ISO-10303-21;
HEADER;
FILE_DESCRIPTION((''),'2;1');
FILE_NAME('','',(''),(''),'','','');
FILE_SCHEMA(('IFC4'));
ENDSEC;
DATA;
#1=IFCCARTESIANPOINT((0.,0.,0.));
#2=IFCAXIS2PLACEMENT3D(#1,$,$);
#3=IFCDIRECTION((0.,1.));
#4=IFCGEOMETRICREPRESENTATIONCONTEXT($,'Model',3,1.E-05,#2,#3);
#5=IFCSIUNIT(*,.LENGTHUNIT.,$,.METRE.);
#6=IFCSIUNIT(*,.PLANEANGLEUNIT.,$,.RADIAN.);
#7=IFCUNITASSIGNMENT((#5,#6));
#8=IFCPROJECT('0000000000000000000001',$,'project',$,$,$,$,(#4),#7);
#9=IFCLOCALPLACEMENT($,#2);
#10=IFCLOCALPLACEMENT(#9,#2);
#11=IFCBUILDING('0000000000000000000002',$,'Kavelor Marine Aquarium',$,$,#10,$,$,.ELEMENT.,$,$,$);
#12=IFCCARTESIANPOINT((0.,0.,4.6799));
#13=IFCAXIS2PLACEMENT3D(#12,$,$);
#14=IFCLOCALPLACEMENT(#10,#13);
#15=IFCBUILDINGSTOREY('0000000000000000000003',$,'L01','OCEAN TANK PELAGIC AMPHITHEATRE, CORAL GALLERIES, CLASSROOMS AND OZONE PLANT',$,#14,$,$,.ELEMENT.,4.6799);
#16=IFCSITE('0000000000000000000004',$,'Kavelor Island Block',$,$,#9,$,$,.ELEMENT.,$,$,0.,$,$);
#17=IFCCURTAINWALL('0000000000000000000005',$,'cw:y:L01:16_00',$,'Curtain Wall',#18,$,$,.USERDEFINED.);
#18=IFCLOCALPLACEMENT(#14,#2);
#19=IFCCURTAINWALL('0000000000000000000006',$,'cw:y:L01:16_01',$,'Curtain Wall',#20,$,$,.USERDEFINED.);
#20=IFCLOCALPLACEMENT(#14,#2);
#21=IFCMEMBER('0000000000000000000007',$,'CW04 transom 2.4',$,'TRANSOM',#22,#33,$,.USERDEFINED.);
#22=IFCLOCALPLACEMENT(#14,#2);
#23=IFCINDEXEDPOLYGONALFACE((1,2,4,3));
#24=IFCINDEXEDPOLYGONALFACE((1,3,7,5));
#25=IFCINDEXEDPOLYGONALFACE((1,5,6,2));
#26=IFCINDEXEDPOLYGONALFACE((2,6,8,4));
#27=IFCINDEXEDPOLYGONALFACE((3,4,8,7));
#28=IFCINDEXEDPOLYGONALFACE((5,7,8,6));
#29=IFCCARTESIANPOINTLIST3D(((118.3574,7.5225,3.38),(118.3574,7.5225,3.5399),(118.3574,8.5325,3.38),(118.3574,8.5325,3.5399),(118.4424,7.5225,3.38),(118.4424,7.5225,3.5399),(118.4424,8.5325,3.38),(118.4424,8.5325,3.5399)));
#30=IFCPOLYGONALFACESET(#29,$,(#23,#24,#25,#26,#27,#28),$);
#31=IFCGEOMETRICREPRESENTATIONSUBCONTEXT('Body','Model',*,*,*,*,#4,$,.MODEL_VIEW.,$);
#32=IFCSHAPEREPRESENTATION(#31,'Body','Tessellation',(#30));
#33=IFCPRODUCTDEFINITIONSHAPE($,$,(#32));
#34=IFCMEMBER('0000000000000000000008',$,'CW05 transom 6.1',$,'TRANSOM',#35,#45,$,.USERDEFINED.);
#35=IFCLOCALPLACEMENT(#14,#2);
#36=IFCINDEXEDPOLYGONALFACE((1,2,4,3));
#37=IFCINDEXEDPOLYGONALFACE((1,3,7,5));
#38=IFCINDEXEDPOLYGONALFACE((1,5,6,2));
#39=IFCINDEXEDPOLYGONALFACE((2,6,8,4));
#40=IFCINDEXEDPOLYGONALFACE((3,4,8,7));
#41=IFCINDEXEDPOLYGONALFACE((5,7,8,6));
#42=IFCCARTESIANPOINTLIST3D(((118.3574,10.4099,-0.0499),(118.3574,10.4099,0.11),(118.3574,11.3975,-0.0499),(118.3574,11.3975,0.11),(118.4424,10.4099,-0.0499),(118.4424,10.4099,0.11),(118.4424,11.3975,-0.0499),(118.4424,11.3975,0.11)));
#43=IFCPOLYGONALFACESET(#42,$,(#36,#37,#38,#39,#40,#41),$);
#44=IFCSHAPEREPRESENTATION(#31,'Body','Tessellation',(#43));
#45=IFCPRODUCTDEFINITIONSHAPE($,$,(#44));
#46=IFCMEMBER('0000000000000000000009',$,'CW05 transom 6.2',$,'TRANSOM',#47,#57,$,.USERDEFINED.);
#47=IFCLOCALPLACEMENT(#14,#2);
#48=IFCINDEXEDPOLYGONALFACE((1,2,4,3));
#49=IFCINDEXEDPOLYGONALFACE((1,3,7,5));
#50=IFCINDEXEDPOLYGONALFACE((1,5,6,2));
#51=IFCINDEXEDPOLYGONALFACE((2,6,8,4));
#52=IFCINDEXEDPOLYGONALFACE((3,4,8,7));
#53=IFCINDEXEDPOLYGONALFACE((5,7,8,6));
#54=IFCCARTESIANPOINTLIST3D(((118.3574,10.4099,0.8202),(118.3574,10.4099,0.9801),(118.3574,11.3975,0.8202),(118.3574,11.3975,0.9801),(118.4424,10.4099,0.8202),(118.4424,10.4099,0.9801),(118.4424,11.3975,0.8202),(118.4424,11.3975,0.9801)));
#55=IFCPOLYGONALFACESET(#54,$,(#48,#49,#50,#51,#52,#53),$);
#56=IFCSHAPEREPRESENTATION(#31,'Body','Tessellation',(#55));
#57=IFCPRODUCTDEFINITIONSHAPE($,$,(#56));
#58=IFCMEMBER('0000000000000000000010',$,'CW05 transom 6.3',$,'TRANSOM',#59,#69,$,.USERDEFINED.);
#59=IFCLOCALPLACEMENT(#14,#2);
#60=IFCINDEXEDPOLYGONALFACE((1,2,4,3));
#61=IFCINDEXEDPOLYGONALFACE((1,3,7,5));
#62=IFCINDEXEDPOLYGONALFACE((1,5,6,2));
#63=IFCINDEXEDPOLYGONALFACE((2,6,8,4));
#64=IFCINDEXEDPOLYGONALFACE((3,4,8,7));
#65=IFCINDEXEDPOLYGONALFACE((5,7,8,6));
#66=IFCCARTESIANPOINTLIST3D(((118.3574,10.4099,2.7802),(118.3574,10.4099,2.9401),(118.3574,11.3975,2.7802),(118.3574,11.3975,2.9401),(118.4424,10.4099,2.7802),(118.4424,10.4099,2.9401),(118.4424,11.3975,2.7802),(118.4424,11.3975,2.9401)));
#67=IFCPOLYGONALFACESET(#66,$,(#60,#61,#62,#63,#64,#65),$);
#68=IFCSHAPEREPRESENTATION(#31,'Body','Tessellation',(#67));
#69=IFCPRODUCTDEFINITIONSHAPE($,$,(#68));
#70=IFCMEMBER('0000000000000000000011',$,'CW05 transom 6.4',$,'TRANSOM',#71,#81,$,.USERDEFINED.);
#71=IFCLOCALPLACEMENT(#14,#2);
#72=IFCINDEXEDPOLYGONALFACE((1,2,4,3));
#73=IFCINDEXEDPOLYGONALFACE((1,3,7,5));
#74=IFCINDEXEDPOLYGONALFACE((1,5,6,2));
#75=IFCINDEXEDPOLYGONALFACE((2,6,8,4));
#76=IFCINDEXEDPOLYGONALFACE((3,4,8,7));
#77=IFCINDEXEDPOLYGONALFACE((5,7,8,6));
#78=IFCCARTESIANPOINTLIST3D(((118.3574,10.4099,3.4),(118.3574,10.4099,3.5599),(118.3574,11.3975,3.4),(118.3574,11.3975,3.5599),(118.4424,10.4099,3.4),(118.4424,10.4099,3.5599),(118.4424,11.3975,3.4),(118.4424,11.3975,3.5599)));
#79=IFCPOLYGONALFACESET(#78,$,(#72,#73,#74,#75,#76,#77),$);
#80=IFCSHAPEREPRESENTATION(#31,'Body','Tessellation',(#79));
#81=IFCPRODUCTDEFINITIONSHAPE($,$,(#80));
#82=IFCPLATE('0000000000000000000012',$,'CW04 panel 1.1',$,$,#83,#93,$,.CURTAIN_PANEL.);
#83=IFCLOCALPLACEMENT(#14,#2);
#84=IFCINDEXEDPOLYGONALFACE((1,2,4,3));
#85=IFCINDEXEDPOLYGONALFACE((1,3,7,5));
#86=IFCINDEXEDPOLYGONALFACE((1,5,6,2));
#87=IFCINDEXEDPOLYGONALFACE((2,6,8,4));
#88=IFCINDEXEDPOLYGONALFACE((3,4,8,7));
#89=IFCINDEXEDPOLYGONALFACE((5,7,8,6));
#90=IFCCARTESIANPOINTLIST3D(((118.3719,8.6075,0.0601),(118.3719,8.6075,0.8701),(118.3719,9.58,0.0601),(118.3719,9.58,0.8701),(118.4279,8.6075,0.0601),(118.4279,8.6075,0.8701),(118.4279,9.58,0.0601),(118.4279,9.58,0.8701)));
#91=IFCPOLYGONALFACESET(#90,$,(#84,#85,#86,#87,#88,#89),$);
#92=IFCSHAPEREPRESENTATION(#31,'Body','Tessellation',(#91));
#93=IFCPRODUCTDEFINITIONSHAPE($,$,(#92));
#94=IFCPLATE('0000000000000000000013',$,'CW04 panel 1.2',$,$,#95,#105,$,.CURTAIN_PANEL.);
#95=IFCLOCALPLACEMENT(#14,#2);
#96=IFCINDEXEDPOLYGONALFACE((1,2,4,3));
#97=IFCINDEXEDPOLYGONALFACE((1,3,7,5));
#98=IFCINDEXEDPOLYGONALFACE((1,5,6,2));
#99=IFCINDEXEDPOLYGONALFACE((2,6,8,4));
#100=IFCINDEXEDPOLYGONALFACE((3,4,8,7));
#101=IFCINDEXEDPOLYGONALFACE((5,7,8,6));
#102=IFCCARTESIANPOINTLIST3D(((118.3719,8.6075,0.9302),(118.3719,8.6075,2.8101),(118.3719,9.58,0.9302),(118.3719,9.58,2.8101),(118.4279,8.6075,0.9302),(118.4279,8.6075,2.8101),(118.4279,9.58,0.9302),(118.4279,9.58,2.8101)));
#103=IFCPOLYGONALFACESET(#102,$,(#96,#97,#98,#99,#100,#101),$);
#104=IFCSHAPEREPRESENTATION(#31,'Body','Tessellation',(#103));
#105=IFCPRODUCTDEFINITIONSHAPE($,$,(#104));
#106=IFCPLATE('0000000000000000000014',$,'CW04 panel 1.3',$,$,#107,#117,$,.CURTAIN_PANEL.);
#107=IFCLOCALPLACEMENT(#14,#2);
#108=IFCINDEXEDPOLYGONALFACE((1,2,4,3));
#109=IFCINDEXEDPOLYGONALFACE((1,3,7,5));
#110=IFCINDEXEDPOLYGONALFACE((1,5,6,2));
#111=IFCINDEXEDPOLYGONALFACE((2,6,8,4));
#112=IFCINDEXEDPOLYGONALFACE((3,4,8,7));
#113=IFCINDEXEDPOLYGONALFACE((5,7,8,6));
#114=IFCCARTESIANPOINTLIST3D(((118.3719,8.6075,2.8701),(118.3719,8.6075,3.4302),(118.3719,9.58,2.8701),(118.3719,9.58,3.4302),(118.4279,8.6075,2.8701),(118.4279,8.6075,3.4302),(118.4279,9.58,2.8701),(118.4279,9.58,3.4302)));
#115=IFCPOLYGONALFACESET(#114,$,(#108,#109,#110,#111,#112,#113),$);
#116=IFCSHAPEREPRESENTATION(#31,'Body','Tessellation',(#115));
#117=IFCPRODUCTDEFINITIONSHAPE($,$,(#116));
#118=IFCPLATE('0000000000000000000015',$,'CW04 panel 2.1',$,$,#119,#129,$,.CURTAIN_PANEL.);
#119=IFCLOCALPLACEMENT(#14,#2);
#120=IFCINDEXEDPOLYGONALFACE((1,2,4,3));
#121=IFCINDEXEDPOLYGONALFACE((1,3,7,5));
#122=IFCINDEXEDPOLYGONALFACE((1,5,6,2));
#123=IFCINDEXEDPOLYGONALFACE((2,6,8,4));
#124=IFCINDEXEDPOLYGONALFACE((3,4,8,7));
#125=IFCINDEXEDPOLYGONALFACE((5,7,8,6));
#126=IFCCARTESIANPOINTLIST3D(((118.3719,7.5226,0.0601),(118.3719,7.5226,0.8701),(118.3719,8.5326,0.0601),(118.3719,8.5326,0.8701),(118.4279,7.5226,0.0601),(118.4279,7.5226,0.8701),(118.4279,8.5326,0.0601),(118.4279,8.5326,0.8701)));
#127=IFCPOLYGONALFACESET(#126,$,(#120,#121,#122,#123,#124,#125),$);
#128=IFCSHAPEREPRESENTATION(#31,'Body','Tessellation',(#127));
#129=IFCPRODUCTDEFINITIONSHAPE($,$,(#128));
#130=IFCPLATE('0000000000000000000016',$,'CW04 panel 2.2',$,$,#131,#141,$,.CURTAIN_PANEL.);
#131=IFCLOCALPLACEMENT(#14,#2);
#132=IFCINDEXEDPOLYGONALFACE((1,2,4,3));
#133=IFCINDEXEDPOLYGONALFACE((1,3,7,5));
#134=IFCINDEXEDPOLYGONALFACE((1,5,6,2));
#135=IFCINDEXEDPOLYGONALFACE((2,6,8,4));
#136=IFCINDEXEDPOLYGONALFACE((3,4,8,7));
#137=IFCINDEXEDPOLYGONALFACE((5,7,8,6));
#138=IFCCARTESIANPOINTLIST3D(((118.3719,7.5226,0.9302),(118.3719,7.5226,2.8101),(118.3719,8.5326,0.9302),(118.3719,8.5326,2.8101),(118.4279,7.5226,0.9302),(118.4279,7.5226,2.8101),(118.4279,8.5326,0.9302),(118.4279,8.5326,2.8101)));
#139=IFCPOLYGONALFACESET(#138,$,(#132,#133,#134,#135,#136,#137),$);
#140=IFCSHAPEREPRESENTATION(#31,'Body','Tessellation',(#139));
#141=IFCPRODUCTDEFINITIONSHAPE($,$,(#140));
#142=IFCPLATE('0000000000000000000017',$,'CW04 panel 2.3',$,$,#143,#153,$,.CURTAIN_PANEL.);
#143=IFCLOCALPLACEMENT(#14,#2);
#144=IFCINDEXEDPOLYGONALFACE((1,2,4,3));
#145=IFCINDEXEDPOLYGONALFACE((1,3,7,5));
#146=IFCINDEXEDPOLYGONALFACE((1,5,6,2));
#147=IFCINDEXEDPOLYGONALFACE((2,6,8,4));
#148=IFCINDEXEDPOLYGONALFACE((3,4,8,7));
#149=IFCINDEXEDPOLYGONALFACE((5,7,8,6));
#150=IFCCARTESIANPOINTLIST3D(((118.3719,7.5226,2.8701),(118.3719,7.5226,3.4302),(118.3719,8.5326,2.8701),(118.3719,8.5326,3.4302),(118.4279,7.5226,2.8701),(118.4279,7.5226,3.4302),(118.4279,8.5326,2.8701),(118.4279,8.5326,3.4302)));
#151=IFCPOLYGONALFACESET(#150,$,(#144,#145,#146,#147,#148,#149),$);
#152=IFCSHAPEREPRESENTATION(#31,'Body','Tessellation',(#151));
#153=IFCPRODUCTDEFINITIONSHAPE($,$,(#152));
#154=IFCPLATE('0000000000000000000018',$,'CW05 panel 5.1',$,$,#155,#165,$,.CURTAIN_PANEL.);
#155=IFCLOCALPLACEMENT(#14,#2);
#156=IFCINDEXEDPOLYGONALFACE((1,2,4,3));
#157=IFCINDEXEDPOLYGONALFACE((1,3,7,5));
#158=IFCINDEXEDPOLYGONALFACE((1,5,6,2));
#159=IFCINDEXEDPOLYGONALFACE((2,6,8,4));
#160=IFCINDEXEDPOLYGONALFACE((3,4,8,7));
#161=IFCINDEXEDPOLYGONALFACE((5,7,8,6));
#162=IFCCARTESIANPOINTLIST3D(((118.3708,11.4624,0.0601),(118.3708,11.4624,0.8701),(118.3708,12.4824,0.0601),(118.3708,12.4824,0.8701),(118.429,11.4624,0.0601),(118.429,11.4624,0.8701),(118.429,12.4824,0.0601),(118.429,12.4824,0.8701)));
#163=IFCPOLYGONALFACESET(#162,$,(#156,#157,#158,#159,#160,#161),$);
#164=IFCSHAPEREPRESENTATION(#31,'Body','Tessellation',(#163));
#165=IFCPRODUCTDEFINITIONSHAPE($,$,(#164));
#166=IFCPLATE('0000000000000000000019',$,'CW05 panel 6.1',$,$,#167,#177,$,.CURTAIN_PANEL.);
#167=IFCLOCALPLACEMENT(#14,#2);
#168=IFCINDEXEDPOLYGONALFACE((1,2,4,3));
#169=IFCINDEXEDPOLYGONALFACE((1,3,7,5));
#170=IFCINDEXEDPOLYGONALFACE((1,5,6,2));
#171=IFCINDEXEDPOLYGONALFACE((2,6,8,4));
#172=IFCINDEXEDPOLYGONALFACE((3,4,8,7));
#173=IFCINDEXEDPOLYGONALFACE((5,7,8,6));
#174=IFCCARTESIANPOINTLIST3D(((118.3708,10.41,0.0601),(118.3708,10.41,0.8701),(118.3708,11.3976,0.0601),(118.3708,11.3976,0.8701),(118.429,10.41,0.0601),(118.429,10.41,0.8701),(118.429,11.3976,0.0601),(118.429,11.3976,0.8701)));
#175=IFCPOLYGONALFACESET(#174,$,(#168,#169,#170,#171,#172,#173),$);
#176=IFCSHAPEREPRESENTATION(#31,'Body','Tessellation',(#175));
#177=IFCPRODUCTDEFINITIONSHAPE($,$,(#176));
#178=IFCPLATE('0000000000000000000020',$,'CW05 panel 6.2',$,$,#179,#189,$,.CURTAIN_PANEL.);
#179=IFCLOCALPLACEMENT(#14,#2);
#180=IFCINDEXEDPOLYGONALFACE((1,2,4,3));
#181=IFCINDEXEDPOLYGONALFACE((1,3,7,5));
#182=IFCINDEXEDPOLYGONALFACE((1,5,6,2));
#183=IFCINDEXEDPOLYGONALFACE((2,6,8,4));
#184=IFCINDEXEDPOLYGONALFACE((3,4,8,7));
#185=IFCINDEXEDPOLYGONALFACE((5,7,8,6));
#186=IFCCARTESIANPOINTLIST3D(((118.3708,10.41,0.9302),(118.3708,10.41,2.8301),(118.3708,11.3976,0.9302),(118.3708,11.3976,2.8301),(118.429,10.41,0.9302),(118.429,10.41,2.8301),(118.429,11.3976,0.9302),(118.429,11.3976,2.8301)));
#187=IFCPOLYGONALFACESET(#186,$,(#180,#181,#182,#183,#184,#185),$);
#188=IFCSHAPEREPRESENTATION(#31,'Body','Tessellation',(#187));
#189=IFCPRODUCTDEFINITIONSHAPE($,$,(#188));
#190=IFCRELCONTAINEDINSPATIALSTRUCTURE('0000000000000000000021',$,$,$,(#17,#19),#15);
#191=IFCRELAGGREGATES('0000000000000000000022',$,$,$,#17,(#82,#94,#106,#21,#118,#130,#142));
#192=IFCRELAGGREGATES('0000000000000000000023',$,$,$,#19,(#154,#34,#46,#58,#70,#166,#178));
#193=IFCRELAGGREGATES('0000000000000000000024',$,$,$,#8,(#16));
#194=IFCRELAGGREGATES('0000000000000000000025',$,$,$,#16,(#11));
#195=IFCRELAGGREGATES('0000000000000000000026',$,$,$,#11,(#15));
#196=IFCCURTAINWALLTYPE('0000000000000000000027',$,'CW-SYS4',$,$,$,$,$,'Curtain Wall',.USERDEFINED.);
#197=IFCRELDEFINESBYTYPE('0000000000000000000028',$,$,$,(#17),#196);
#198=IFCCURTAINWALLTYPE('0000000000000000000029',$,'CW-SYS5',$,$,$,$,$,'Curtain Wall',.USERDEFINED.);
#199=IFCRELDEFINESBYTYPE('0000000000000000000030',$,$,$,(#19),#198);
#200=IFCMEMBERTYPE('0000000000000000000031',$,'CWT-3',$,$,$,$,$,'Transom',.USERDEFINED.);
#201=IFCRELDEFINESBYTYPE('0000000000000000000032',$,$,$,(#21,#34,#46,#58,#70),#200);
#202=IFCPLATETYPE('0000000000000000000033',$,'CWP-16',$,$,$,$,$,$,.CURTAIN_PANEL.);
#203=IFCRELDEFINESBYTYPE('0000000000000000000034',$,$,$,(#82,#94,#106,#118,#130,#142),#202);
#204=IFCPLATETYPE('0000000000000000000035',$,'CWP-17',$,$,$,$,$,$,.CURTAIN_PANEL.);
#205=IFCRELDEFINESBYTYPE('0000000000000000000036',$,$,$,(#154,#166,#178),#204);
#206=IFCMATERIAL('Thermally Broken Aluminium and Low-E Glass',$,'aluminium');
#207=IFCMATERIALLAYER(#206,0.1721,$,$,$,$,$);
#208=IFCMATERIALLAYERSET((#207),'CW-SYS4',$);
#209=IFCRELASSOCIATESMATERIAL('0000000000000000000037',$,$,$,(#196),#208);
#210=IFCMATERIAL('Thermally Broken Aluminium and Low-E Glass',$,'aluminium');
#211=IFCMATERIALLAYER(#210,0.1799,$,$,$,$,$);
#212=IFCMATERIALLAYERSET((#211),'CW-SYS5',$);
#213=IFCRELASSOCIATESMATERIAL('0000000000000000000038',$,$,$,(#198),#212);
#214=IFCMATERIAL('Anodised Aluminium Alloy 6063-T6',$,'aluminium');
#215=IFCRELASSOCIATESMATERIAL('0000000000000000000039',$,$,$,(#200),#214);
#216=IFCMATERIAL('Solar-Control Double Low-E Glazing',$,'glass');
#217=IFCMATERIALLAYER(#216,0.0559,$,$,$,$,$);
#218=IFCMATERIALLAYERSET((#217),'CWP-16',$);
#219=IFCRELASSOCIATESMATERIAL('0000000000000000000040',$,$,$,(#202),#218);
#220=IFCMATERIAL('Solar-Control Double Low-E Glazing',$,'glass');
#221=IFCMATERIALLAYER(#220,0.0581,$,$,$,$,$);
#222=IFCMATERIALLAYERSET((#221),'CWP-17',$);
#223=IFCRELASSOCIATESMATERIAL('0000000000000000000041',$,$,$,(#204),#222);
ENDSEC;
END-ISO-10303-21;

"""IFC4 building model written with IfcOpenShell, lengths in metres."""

from ifc_helpers import new_model, si_unit, direction, frame, origin, origin_2d, place, context, subcontext, project, spatial, rectangle, extrude, material, layer, layer_set, material_profile, profile_set, type_object, element, aggregate, save


model = new_model("IFC4")

# Units and contexts
model_context = context("Model", 3, precision=1e-05, world=origin(), true_north=direction((0.0, 1.0)))
body_context = subcontext(model_context, "Body", "Model", "MODEL_VIEW")
ifc_project = project(units=[si_unit("LENGTHUNIT", "METRE"), si_unit("PLANEANGLEUNIT", "RADIAN")], contexts=[model_context])

# Site, building, storey
site_placement = place(None, origin())
site = spatial("IfcSite", under=ifc_project, at=site_placement, Name="Kavelor Island Block", CompositionType="ELEMENT", RefElevation=0.0)
building_placement = place(site_placement, origin())
building = spatial("IfcBuilding", under=site, at=building_placement, Name="Kavelor Marine Aquarium", CompositionType="ELEMENT")
storey_placement = place(building_placement, frame((0.0, 0.0, 4.6799)))
storey = spatial("IfcBuildingStorey", under=building, at=storey_placement, Name="L01", Description="OCEAN TANK PELAGIC AMPHITHEATRE, CORAL GALLERIES, CLASSROOMS AND OZONE PLANT", CompositionType="ELEMENT", Elevation=4.6799)

# Curtain walls
ifc_material_1 = material(Name="Thermally Broken Aluminium and Low-E Glass", Category="aluminium")
ifc_layer_1 = layer(ifc_material_1, 0.1721)
ifc_layer_set_1 = layer_set([ifc_layer_1], Name="CW-SYS4")
curtain_wall_type_1 = type_object("IfcCurtainWallType", Name="CW-SYS4", ElementType="Curtain Wall", PredefinedType="USERDEFINED", material=ifc_layer_set_1)
curtain_wall_1_placement = place(storey_placement, origin())
curtain_wall_1 = element("IfcCurtainWall", 1, at=curtain_wall_1_placement, inside=storey, type_object=curtain_wall_type_1, Name="cw:y:L01:16_00", ObjectType="Curtain Wall", PredefinedType="USERDEFINED")
ifc_material_2 = material(Name="Thermally Broken Aluminium and Low-E Glass", Category="aluminium")
ifc_layer_2 = layer(ifc_material_2, 0.1799)
ifc_layer_set_2 = layer_set([ifc_layer_2], Name="CW-SYS5")
curtain_wall_type_2 = type_object("IfcCurtainWallType", Name="CW-SYS5", ElementType="Curtain Wall", PredefinedType="USERDEFINED", material=ifc_layer_set_2)
curtain_wall_2_placement = place(storey_placement, origin())
curtain_wall_2 = element("IfcCurtainWall", 2, at=curtain_wall_2_placement, inside=storey, type_object=curtain_wall_type_2, Name="cw:y:L01:16_01", ObjectType="Curtain Wall", PredefinedType="USERDEFINED")

# Members
ifc_material_3 = material(Name="Anodised Aluminium Alloy 6063-T6", Category="aluminium")
ifc_material_profile_1 = material_profile(ifc_material_3, rectangle(XDim=0.085, YDim=0.1599, at=origin_2d()), Name="CW-TRN 85x160")
ifc_profile_set_1 = profile_set([ifc_material_profile_1], Name="Anodised Aluminium Alloy 6063-T6")
member_type_1 = type_object("IfcMemberType", Name="CWT-3", ElementType="Transom", PredefinedType="USERDEFINED", material=ifc_profile_set_1)
member_1_placement = place(storey_placement, frame((118.3999, 8.5325, 3.46), z_axis=(0.0, -1.0, 0.0), x_axis=(1.0, 0.0, 0.0)))
member_1 = element("IfcMember", 3, at=member_1_placement, type_object=member_type_1, Name="CW04 transom 2.4", ObjectType="TRANSOM", PredefinedType="USERDEFINED", context=body_context, shape_type="SweptSolid", body=[
    extrude(rectangle(XDim=0.085, YDim=0.1599, at=origin_2d()), origin(), (0.0, 0.0, 1.0), 1.01),
])
member_2_placement = place(storey_placement, frame((118.3999, 11.3975, 0.03), z_axis=(0.0, -1.0, 0.0), x_axis=(1.0, 0.0, 0.0)))
member_2 = element("IfcMember", 4, at=member_2_placement, type_object=member_type_1, Name="CW05 transom 6.1", ObjectType="TRANSOM", PredefinedType="USERDEFINED", context=body_context, shape_type="SweptSolid", body=[
    extrude(rectangle(XDim=0.085, YDim=0.1599, at=origin_2d()), origin(), (0.0, 0.0, 1.0), 0.9875),
])
member_3_placement = place(storey_placement, frame((118.3999, 11.3975, 0.9001), z_axis=(0.0, -1.0, 0.0), x_axis=(1.0, 0.0, 0.0)))
member_3 = element("IfcMember", 5, at=member_3_placement, type_object=member_type_1, Name="CW05 transom 6.2", ObjectType="TRANSOM", PredefinedType="USERDEFINED", context=body_context, shape_type="SweptSolid", body=[
    extrude(rectangle(XDim=0.085, YDim=0.1599, at=origin_2d()), origin(), (0.0, 0.0, 1.0), 0.9875),
])
member_4_placement = place(storey_placement, frame((118.3999, 11.3975, 2.8601), z_axis=(0.0, -1.0, 0.0), x_axis=(1.0, 0.0, 0.0)))
member_4 = element("IfcMember", 6, at=member_4_placement, type_object=member_type_1, Name="CW05 transom 6.3", ObjectType="TRANSOM", PredefinedType="USERDEFINED", context=body_context, shape_type="SweptSolid", body=[
    extrude(rectangle(XDim=0.085, YDim=0.1599, at=origin_2d()), origin(), (0.0, 0.0, 1.0), 0.9875),
])
member_5_placement = place(storey_placement, frame((118.3999, 11.3975, 3.48), z_axis=(0.0, -1.0, 0.0), x_axis=(1.0, 0.0, 0.0)))
member_5 = element("IfcMember", 7, at=member_5_placement, type_object=member_type_1, Name="CW05 transom 6.4", ObjectType="TRANSOM", PredefinedType="USERDEFINED", context=body_context, shape_type="SweptSolid", body=[
    extrude(rectangle(XDim=0.085, YDim=0.1599, at=origin_2d()), origin(), (0.0, 0.0, 1.0), 0.9875),
])

# Plates
ifc_material_4 = material(Name="Solar-Control Double Low-E Glazing", Category="glass")
ifc_layer_3 = layer(ifc_material_4, 0.0559)
ifc_layer_set_3 = layer_set([ifc_layer_3], Name="CWP-16")
plate_type_1 = type_object("IfcPlateType", Name="CWP-16", PredefinedType="CURTAIN_PANEL", material=ifc_layer_set_3)
plate_1_placement = place(storey_placement, frame((118.3999, 9.0938, 0.0601), z_axis=(0.0, 0.0, 1.0), x_axis=(0.0, -1.0, 0.0)))
plate_1 = element("IfcPlate", 8, at=plate_1_placement, type_object=plate_type_1, Name="CW04 panel 1.1", PredefinedType="CURTAIN_PANEL", context=body_context, shape_type="SweptSolid", body=[
    extrude(rectangle(XDim=0.9724, YDim=0.0559, at=origin_2d()), origin(), (0.0, 0.0, 1.0), 0.8101),
])
plate_2_placement = place(storey_placement, frame((118.3999, 9.0938, 0.9302), z_axis=(0.0, 0.0, 1.0), x_axis=(0.0, -1.0, 0.0)))
plate_2 = element("IfcPlate", 9, at=plate_2_placement, type_object=plate_type_1, Name="CW04 panel 1.2", PredefinedType="CURTAIN_PANEL", context=body_context, shape_type="SweptSolid", body=[
    extrude(rectangle(XDim=0.9724, YDim=0.0559, at=origin_2d()), origin(), (0.0, 0.0, 1.0), 1.8799),
])
plate_3_placement = place(storey_placement, frame((118.3999, 9.0938, 2.8701), z_axis=(0.0, 0.0, 1.0), x_axis=(0.0, -1.0, 0.0)))
plate_3 = element("IfcPlate", 10, at=plate_3_placement, type_object=plate_type_1, Name="CW04 panel 1.3", PredefinedType="CURTAIN_PANEL", context=body_context, shape_type="SweptSolid", body=[
    extrude(rectangle(XDim=0.9724, YDim=0.0559, at=origin_2d()), origin(), (0.0, 0.0, 1.0), 0.5601),
])
plate_4_placement = place(storey_placement, frame((118.3999, 8.0276, 0.0601), z_axis=(0.0, 0.0, 1.0), x_axis=(0.0, -1.0, 0.0)))
plate_4 = element("IfcPlate", 11, at=plate_4_placement, type_object=plate_type_1, Name="CW04 panel 2.1", PredefinedType="CURTAIN_PANEL", context=body_context, shape_type="SweptSolid", body=[
    extrude(rectangle(XDim=1.01, YDim=0.0559, at=origin_2d()), origin(), (0.0, 0.0, 1.0), 0.8101),
])
plate_5_placement = place(storey_placement, frame((118.3999, 8.0276, 0.9302), z_axis=(0.0, 0.0, 1.0), x_axis=(0.0, -1.0, 0.0)))
plate_5 = element("IfcPlate", 12, at=plate_5_placement, type_object=plate_type_1, Name="CW04 panel 2.2", PredefinedType="CURTAIN_PANEL", context=body_context, shape_type="SweptSolid", body=[
    extrude(rectangle(XDim=1.01, YDim=0.0559, at=origin_2d()), origin(), (0.0, 0.0, 1.0), 1.8799),
])
plate_6_placement = place(storey_placement, frame((118.3999, 8.0276, 2.8701), z_axis=(0.0, 0.0, 1.0), x_axis=(0.0, -1.0, 0.0)))
plate_6 = element("IfcPlate", 13, at=plate_6_placement, type_object=plate_type_1, Name="CW04 panel 2.3", PredefinedType="CURTAIN_PANEL", context=body_context, shape_type="SweptSolid", body=[
    extrude(rectangle(XDim=1.01, YDim=0.0559, at=origin_2d()), origin(), (0.0, 0.0, 1.0), 0.5601),
])
aggregate(curtain_wall_1, [plate_1, plate_2, plate_3, member_1, plate_4, plate_5, plate_6])
ifc_material_5 = material(Name="Solar-Control Double Low-E Glazing", Category="glass")
ifc_layer_4 = layer(ifc_material_5, 0.0581)
ifc_layer_set_4 = layer_set([ifc_layer_4], Name="CWP-17")
plate_type_2 = type_object("IfcPlateType", Name="CWP-17", PredefinedType="CURTAIN_PANEL", material=ifc_layer_set_4)
plate_7_placement = place(storey_placement, frame((118.3999, 11.9724, 0.0601), z_axis=(0.0, 0.0, 1.0), x_axis=(0.0, -1.0, 0.0)))
plate_7 = element("IfcPlate", 14, at=plate_7_placement, type_object=plate_type_2, Name="CW05 panel 5.1", PredefinedType="CURTAIN_PANEL", context=body_context, shape_type="SweptSolid", body=[
    extrude(rectangle(XDim=1.02, YDim=0.0581, at=origin_2d()), origin(), (0.0, 0.0, 1.0), 0.8101),
])
plate_8_placement = place(storey_placement, frame((118.3999, 10.9038, 0.0601), z_axis=(0.0, 0.0, 1.0), x_axis=(0.0, -1.0, 0.0)))
plate_8 = element("IfcPlate", 15, at=plate_8_placement, type_object=plate_type_2, Name="CW05 panel 6.1", PredefinedType="CURTAIN_PANEL", context=body_context, shape_type="SweptSolid", body=[
    extrude(rectangle(XDim=0.9875, YDim=0.0581, at=origin_2d()), origin(), (0.0, 0.0, 1.0), 0.8101),
])
plate_9_placement = place(storey_placement, frame((118.3999, 10.9038, 0.9302), z_axis=(0.0, 0.0, 1.0), x_axis=(0.0, -1.0, 0.0)))
plate_9 = element("IfcPlate", 16, at=plate_9_placement, type_object=plate_type_2, Name="CW05 panel 6.2", PredefinedType="CURTAIN_PANEL", context=body_context, shape_type="SweptSolid", body=[
    extrude(rectangle(XDim=0.9875, YDim=0.0581, at=origin_2d()), origin(), (0.0, 0.0, 1.0), 1.8999),
])
aggregate(curtain_wall_2, [plate_7, member_2, member_3, member_4, member_5, plate_8, plate_9])

save(model, "model.ifc")
